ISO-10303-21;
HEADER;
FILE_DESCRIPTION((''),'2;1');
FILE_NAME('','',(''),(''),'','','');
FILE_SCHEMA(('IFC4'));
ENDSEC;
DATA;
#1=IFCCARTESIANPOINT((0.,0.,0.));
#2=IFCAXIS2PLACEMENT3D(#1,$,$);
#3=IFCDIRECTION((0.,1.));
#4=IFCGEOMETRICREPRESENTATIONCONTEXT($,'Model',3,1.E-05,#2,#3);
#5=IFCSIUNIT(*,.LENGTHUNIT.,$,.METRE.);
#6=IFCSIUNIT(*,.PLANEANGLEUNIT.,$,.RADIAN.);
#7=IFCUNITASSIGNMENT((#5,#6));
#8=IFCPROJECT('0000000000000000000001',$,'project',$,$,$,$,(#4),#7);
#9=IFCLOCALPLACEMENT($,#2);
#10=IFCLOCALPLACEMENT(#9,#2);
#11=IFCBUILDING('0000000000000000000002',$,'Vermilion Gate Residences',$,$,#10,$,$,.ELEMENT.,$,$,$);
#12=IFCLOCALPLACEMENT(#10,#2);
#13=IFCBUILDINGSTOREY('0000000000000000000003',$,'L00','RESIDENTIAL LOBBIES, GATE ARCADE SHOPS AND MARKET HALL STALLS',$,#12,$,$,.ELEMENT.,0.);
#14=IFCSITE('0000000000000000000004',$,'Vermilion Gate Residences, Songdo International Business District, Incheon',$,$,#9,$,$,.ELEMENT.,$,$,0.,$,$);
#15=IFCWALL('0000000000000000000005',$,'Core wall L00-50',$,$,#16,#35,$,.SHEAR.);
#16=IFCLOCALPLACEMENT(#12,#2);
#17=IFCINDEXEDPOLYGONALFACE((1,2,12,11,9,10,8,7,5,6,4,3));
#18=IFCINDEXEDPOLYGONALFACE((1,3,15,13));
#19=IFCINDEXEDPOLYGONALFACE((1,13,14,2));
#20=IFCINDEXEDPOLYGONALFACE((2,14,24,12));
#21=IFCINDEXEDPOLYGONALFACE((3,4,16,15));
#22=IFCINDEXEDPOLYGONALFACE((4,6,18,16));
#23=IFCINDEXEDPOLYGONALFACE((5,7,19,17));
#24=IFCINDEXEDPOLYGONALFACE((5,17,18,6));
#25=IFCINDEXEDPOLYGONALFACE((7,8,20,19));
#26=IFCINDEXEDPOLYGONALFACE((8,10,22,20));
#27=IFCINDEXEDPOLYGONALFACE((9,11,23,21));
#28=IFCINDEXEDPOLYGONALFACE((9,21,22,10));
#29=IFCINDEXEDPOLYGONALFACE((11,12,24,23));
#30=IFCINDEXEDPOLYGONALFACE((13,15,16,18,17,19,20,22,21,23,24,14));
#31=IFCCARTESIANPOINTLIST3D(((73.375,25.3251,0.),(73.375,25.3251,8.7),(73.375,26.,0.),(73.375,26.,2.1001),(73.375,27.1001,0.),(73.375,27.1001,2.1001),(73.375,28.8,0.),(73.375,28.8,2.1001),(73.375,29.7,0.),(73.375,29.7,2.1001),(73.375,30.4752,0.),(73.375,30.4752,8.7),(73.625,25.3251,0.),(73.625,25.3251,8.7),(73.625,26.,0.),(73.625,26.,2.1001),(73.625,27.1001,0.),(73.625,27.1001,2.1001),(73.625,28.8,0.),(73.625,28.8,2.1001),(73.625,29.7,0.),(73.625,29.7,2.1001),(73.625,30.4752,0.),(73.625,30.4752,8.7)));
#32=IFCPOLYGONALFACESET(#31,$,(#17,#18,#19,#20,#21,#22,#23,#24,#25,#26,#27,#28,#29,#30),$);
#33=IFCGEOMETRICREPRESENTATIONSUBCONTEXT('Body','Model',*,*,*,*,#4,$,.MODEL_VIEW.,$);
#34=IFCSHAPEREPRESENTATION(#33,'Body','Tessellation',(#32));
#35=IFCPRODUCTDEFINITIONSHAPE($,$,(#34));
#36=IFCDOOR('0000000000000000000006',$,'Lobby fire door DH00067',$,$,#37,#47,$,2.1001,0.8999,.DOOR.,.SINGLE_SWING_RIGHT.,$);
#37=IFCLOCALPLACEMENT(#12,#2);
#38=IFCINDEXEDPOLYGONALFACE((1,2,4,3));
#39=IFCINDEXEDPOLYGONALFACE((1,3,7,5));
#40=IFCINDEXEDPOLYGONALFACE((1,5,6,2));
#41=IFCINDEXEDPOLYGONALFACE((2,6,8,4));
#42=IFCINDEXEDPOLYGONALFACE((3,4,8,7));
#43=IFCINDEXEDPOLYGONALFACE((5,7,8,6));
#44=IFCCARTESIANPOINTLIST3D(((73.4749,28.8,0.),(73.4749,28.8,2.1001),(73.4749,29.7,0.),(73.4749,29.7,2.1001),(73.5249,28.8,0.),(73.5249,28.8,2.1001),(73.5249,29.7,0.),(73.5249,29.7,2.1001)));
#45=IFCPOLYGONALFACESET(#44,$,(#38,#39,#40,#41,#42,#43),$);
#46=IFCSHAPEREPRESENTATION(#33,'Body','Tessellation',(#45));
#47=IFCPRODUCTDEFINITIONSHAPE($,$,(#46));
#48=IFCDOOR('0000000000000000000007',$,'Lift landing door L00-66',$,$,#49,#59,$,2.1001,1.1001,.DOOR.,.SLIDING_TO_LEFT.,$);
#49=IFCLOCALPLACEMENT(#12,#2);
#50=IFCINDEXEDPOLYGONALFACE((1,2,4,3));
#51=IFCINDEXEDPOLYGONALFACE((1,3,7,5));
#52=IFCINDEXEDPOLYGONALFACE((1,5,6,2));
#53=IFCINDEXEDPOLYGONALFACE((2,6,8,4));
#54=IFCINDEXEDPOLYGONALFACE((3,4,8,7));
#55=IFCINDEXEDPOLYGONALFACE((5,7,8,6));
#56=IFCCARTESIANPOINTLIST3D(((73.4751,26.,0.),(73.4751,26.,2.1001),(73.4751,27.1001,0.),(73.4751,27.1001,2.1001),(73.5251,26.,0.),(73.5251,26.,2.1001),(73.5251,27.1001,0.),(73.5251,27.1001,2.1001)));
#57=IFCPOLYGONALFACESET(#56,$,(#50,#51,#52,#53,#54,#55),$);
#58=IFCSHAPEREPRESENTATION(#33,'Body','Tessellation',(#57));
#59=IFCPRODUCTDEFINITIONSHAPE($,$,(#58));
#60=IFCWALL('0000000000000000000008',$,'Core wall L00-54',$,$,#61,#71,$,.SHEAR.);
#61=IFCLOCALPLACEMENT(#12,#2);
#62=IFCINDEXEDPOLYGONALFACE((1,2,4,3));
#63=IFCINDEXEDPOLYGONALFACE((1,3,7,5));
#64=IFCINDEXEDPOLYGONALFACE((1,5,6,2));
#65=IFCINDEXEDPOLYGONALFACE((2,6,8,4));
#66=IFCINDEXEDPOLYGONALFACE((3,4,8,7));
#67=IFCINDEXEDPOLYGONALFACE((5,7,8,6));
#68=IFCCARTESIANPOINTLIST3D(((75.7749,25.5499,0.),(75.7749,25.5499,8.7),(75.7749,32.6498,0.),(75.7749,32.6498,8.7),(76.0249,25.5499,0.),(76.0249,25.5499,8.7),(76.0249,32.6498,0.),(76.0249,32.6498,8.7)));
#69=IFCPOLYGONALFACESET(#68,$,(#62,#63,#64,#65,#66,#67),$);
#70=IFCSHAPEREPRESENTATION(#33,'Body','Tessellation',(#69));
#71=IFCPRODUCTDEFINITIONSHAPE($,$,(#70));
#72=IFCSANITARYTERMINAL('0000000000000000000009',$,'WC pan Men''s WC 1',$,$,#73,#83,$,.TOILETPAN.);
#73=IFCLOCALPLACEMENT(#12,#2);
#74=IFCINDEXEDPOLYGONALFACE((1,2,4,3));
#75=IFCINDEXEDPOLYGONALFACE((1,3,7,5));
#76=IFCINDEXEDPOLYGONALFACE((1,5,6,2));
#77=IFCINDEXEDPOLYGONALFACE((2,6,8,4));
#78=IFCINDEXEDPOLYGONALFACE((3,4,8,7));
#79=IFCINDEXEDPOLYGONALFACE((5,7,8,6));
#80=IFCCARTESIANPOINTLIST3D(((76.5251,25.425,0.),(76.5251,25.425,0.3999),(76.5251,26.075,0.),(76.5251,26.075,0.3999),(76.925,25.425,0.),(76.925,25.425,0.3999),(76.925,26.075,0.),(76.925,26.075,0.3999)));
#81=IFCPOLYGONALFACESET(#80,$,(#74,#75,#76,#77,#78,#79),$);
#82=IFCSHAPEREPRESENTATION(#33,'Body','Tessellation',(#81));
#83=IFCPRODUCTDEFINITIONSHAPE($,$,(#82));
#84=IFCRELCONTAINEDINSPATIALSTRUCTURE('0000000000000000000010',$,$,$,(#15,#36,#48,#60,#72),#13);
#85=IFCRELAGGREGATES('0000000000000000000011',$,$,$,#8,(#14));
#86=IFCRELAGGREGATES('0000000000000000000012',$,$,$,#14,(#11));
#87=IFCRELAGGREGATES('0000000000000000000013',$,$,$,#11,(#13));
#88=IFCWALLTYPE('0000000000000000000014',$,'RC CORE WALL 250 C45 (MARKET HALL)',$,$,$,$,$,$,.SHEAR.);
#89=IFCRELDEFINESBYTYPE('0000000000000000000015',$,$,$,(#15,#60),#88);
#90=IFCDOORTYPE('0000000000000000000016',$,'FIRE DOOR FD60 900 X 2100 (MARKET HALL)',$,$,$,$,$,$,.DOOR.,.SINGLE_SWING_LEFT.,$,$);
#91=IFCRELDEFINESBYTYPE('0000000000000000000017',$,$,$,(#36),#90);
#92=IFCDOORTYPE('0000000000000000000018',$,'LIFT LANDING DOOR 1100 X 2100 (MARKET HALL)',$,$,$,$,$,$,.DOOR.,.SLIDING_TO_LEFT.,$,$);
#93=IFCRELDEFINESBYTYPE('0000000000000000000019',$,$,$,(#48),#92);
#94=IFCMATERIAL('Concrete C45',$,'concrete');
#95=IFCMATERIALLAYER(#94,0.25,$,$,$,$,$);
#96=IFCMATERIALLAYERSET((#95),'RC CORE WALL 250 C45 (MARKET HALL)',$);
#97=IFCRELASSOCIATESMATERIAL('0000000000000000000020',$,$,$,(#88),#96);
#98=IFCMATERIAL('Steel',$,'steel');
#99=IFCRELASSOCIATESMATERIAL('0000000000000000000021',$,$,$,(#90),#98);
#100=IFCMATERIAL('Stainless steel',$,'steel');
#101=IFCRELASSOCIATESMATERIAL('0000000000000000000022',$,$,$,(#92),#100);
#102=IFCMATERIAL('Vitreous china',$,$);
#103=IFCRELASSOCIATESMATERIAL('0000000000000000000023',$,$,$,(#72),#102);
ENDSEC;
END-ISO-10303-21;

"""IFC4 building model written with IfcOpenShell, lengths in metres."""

from ifc_helpers import new_model, si_unit, direction, frame, frame_2d, origin, origin_2d, place, context, subcontext, project, spatial, rectangle, extrude, material, layer, layer_set, type_object, element, fill, save


model = new_model("IFC4")

# Units and contexts
model_context = context("Model", 3, precision=1e-05, world=origin(), true_north=direction((0.0, 1.0)))
body_context = subcontext(model_context, "Body", "Model", "MODEL_VIEW")
ifc_project = project(units=[si_unit("LENGTHUNIT", "METRE"), si_unit("PLANEANGLEUNIT", "RADIAN")], contexts=[model_context])

# Site, building, storey
site_placement = place(None, origin())
site = spatial("IfcSite", under=ifc_project, at=site_placement, Name="Vermilion Gate Residences, Songdo International Business District, Incheon", CompositionType="ELEMENT", RefElevation=0.0)
building_placement = place(site_placement, origin())
building = spatial("IfcBuilding", under=site, at=building_placement, Name="Vermilion Gate Residences", CompositionType="ELEMENT")
storey_placement = place(building_placement, origin())
storey = spatial("IfcBuildingStorey", under=building, at=storey_placement, Name="L00", Description="RESIDENTIAL LOBBIES, GATE ARCADE SHOPS AND MARKET HALL STALLS", CompositionType="ELEMENT", Elevation=0.0)

# Wall, openings, doors
ifc_material_1 = material(Name="Concrete C45", Category="concrete")
ifc_layer_1 = layer(ifc_material_1, 0.25)
ifc_layer_set_1 = layer_set([ifc_layer_1], Name="RC CORE WALL 250 C45 (MARKET HALL)")
wall_type_1 = type_object("IfcWallType", Name="RC CORE WALL 250 C45 (MARKET HALL)", PredefinedType="SHEAR", material=ifc_layer_set_1)
wall_1_placement = place(storey_placement, frame((73.5, 25.325, 0.0), z_axis=(0.0, 0.0, 1.0), x_axis=(0.0, 1.0, 0.0)))
wall_1 = element("IfcWall", 1, at=wall_1_placement, inside=storey, type_object=wall_type_1, Name="Core wall L00-50", PredefinedType="SHEAR", context=body_context, shape_type="SweptSolid", body=[
    extrude(rectangle(XDim=5.1501, YDim=0.25, at=frame_2d((2.5752, 0.0))), origin(), (0.0, 0.0, 1.0), 8.7),
])
opening_1_placement = place(wall_1_placement, frame((0.675, 0.0, 0.0)))
opening_1 = element("IfcOpeningElement", 2, at=opening_1_placement, cuts=wall_1, PredefinedType="OPENING", context=body_context, shape_type="SweptSolid", body=[
    extrude(rectangle(XDim=1.1001, YDim=2.1001, at=frame_2d((0.55, 1.05))), frame((0.0, 0.135, 0.0), z_axis=(0.0, -1.0, 0.0), x_axis=(1.0, 0.0, 0.0)), (0.0, 0.0, 1.0), 0.27),
])
opening_2_placement = place(wall_1_placement, frame((3.4751, 0.0, 0.0)))
opening_2 = element("IfcOpeningElement", 3, at=opening_2_placement, cuts=wall_1, PredefinedType="OPENING", context=body_context, shape_type="SweptSolid", body=[
    extrude(rectangle(XDim=0.8999, YDim=2.1001, at=frame_2d((0.45, 1.05))), frame((0.0, 0.135, 0.0), z_axis=(0.0, -1.0, 0.0), x_axis=(1.0, 0.0, 0.0)), (0.0, 0.0, 1.0), 0.27),
])
ifc_material_2 = material(Name="Steel", Category="steel")
door_type_1 = type_object("IfcDoorType", Name="FIRE DOOR FD60 900 X 2100 (MARKET HALL)", OperationType="SINGLE_SWING_LEFT", PredefinedType="DOOR", material=ifc_material_2)
door_1_placement = place(opening_2_placement, frame((0.8999, 0.0, 0.0), z_axis=(0.0, 0.0, 1.0), x_axis=(-1.0, 0.0, 0.0)))
door_1 = element("IfcDoor", 4, at=door_1_placement, inside=storey, type_object=door_type_1, Name="Lobby fire door DH00067", OperationType="SINGLE_SWING_RIGHT", OverallHeight=2.1001, OverallWidth=0.8999, PredefinedType="DOOR", context=body_context, shape_type="SweptSolid", body=[
    extrude(rectangle(XDim=0.8999, YDim=2.1001, at=frame_2d((0.45, 1.05))), frame((0.0, 0.0249, 0.0), z_axis=(0.0, -1.0, 0.0), x_axis=(1.0, 0.0, 0.0)), (0.0, 0.0, 1.0), 0.05),
])
fill(opening_2, door_1)
ifc_material_3 = material(Name="Stainless steel", Category="steel")
door_type_2 = type_object("IfcDoorType", Name="LIFT LANDING DOOR 1100 X 2100 (MARKET HALL)", OperationType="SLIDING_TO_LEFT", PredefinedType="DOOR", material=ifc_material_3)
door_2_placement = place(opening_1_placement, origin())
door_2 = element("IfcDoor", 5, at=door_2_placement, inside=storey, type_object=door_type_2, Name="Lift landing door L00-66", OperationType="SLIDING_TO_LEFT", OverallHeight=2.1001, OverallWidth=1.1001, PredefinedType="DOOR", context=body_context, shape_type="SweptSolid", body=[
    extrude(rectangle(XDim=1.1001, YDim=2.1001, at=frame_2d((0.55, 1.05))), frame((0.0, 0.0249, 0.0), z_axis=(0.0, -1.0, 0.0), x_axis=(1.0, 0.0, 0.0)), (0.0, 0.0, 1.0), 0.05),
])
fill(opening_1, door_2)

# Wall
wall_2_placement = place(storey_placement, frame((75.8999, 25.55, 0.0), z_axis=(0.0, 0.0, 1.0), x_axis=(0.0, 1.0, 0.0)))
element("IfcWall", 6, at=wall_2_placement, inside=storey, type_object=wall_type_1, Name="Core wall L00-54", PredefinedType="SHEAR", context=body_context, shape_type="SweptSolid", body=[
    extrude(rectangle(XDim=7.0999, YDim=0.25, at=frame_2d((3.5498, 0.0))), origin(), (0.0, 0.0, 1.0), 8.7),
])

# Sanitary terminal
ifc_material_4 = material(Name="Vitreous china")
sanitary_terminal_placement = place(storey_placement, frame((76.7251, 25.75, 0.0), z_axis=(0.0, 0.0, 1.0), x_axis=(1.0, 0.0, 0.0)))
element("IfcSanitaryTerminal", 7, at=sanitary_terminal_placement, inside=storey, material=ifc_material_4, Name="WC pan Men's WC 1", PredefinedType="TOILETPAN", context=body_context, shape_type="SweptSolid", body=[
    extrude(rectangle(XDim=0.3999, YDim=0.6499, at=origin_2d()), origin(), (0.0, 0.0, 1.0), 0.3999),
])

save(model, "model.ifc")
